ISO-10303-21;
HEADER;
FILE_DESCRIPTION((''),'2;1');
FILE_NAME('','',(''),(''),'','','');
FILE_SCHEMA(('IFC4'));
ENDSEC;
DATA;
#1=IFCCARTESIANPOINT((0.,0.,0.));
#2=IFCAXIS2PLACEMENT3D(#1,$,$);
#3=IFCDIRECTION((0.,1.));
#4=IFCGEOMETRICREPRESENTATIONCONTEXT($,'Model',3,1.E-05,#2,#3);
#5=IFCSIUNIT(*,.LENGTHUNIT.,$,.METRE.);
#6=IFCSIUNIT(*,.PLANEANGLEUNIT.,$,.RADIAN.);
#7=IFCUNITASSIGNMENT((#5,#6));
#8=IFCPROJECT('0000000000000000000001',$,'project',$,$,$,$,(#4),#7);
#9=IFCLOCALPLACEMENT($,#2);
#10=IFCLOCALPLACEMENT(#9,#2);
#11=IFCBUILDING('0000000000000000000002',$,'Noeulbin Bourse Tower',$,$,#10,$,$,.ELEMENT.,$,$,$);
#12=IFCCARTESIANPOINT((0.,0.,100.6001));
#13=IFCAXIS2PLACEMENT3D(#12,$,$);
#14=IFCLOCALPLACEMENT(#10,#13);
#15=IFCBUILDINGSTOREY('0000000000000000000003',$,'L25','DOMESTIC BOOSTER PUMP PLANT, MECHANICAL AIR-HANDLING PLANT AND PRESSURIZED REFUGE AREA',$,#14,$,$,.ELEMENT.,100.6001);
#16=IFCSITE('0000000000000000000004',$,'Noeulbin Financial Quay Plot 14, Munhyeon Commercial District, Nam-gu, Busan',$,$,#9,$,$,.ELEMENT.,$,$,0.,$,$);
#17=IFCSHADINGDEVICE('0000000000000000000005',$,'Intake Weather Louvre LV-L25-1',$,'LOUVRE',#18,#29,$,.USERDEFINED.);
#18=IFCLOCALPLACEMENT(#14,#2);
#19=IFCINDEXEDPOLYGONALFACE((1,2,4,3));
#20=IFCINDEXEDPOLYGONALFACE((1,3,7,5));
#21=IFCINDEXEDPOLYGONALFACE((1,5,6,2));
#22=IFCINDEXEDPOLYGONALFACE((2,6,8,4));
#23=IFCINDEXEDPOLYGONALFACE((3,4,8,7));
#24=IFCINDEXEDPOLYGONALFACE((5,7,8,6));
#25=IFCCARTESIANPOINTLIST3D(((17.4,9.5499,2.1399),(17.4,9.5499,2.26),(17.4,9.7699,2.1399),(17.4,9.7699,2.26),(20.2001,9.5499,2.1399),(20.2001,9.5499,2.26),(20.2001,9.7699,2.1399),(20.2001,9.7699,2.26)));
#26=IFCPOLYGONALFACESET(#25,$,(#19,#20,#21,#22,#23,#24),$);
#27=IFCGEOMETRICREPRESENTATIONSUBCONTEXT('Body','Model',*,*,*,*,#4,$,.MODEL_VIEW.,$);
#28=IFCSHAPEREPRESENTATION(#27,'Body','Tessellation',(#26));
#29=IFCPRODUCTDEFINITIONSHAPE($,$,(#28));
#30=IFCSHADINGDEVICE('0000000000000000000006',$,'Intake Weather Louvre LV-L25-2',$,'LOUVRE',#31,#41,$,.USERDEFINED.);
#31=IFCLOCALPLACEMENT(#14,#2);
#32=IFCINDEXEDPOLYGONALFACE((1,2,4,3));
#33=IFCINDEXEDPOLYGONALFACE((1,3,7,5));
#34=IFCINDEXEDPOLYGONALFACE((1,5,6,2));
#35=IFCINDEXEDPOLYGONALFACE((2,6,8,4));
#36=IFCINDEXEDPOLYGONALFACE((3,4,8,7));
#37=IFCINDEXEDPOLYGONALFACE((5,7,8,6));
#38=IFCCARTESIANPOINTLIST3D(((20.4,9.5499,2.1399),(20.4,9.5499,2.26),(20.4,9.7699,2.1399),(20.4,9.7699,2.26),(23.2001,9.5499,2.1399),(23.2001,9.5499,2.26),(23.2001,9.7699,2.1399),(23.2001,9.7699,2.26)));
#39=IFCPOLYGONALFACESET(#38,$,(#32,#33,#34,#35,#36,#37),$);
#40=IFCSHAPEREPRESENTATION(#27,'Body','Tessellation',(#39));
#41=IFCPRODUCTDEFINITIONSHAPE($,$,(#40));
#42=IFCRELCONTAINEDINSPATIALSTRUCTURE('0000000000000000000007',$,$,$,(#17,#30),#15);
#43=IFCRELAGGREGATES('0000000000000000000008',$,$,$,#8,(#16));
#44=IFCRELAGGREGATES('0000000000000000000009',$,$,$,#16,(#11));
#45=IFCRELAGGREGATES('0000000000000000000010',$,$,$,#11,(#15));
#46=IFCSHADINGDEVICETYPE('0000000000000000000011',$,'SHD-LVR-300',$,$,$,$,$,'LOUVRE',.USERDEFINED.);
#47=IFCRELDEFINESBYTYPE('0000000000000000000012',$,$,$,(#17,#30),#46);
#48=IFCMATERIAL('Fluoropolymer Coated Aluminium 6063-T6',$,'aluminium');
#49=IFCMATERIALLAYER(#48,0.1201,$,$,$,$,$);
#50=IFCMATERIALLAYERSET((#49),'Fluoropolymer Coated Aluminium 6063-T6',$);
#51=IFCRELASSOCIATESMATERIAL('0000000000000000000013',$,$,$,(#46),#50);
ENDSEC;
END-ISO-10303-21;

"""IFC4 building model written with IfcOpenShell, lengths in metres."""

from ifc_helpers import new_model, si_unit, direction, frame, origin, origin_2d, place, context, subcontext, project, spatial, rectangle, extrude, material, layer, layer_set, type_object, element, save


model = new_model("IFC4")

# Units and contexts
model_context = context("Model", 3, precision=1e-05, world=origin(), true_north=direction((0.0, 1.0)))
body_context = subcontext(model_context, "Body", "Model", "MODEL_VIEW")
ifc_project = project(units=[si_unit("LENGTHUNIT", "METRE"), si_unit("PLANEANGLEUNIT", "RADIAN")], contexts=[model_context])

# Site, building, storey
site_placement = place(None, origin())
site = spatial("IfcSite", under=ifc_project, at=site_placement, Name="Noeulbin Financial Quay Plot 14, Munhyeon Commercial District, Nam-gu, Busan", CompositionType="ELEMENT", RefElevation=0.0)
building_placement = place(site_placement, origin())
building = spatial("IfcBuilding", under=site, at=building_placement, Name="Noeulbin Bourse Tower", CompositionType="ELEMENT")
storey_placement = place(building_placement, frame((0.0, 0.0, 100.6001)))
storey = spatial("IfcBuildingStorey", under=building, at=storey_placement, Name="L25", Description="DOMESTIC BOOSTER PUMP PLANT, MECHANICAL AIR-HANDLING PLANT AND PRESSURIZED REFUGE AREA", CompositionType="ELEMENT", Elevation=100.6001)

# Shading devices
ifc_material_1 = material(Name="Fluoropolymer Coated Aluminium 6063-T6", Category="aluminium")
ifc_layer_1 = layer(ifc_material_1, 0.1201)
ifc_layer_set_1 = layer_set([ifc_layer_1], Name="Fluoropolymer Coated Aluminium 6063-T6")
shading_device_type = type_object("IfcShadingDeviceType", Name="SHD-LVR-300", ElementType="LOUVRE", PredefinedType="USERDEFINED", material=ifc_layer_set_1)
for number, where, z_axis, x_axis, name in (
    (1, (18.8, 9.6599, 2.1399), (0.0, 0.0, 1.0), (1.0, 0.0, 0.0), "Intake Weather Louvre LV-L25-1"),
    (2, (21.8, 9.6599, 2.1399), (0.0, 0.0, 1.0), (1.0, 0.0, 0.0), "Intake Weather Louvre LV-L25-2"),
):
    element("IfcShadingDevice", number, at=place(storey_placement, frame(where, z_axis=z_axis, x_axis=x_axis)), inside=storey, type_object=shading_device_type, Name=name, ObjectType="LOUVRE", PredefinedType="USERDEFINED", context=body_context, shape_type="SweptSolid", body=[
        extrude(rectangle(XDim=2.8, YDim=0.22, at=origin_2d()), origin(), (0.0, 0.0, 1.0), 0.1201),
    ])

save(model, "model.ifc")
